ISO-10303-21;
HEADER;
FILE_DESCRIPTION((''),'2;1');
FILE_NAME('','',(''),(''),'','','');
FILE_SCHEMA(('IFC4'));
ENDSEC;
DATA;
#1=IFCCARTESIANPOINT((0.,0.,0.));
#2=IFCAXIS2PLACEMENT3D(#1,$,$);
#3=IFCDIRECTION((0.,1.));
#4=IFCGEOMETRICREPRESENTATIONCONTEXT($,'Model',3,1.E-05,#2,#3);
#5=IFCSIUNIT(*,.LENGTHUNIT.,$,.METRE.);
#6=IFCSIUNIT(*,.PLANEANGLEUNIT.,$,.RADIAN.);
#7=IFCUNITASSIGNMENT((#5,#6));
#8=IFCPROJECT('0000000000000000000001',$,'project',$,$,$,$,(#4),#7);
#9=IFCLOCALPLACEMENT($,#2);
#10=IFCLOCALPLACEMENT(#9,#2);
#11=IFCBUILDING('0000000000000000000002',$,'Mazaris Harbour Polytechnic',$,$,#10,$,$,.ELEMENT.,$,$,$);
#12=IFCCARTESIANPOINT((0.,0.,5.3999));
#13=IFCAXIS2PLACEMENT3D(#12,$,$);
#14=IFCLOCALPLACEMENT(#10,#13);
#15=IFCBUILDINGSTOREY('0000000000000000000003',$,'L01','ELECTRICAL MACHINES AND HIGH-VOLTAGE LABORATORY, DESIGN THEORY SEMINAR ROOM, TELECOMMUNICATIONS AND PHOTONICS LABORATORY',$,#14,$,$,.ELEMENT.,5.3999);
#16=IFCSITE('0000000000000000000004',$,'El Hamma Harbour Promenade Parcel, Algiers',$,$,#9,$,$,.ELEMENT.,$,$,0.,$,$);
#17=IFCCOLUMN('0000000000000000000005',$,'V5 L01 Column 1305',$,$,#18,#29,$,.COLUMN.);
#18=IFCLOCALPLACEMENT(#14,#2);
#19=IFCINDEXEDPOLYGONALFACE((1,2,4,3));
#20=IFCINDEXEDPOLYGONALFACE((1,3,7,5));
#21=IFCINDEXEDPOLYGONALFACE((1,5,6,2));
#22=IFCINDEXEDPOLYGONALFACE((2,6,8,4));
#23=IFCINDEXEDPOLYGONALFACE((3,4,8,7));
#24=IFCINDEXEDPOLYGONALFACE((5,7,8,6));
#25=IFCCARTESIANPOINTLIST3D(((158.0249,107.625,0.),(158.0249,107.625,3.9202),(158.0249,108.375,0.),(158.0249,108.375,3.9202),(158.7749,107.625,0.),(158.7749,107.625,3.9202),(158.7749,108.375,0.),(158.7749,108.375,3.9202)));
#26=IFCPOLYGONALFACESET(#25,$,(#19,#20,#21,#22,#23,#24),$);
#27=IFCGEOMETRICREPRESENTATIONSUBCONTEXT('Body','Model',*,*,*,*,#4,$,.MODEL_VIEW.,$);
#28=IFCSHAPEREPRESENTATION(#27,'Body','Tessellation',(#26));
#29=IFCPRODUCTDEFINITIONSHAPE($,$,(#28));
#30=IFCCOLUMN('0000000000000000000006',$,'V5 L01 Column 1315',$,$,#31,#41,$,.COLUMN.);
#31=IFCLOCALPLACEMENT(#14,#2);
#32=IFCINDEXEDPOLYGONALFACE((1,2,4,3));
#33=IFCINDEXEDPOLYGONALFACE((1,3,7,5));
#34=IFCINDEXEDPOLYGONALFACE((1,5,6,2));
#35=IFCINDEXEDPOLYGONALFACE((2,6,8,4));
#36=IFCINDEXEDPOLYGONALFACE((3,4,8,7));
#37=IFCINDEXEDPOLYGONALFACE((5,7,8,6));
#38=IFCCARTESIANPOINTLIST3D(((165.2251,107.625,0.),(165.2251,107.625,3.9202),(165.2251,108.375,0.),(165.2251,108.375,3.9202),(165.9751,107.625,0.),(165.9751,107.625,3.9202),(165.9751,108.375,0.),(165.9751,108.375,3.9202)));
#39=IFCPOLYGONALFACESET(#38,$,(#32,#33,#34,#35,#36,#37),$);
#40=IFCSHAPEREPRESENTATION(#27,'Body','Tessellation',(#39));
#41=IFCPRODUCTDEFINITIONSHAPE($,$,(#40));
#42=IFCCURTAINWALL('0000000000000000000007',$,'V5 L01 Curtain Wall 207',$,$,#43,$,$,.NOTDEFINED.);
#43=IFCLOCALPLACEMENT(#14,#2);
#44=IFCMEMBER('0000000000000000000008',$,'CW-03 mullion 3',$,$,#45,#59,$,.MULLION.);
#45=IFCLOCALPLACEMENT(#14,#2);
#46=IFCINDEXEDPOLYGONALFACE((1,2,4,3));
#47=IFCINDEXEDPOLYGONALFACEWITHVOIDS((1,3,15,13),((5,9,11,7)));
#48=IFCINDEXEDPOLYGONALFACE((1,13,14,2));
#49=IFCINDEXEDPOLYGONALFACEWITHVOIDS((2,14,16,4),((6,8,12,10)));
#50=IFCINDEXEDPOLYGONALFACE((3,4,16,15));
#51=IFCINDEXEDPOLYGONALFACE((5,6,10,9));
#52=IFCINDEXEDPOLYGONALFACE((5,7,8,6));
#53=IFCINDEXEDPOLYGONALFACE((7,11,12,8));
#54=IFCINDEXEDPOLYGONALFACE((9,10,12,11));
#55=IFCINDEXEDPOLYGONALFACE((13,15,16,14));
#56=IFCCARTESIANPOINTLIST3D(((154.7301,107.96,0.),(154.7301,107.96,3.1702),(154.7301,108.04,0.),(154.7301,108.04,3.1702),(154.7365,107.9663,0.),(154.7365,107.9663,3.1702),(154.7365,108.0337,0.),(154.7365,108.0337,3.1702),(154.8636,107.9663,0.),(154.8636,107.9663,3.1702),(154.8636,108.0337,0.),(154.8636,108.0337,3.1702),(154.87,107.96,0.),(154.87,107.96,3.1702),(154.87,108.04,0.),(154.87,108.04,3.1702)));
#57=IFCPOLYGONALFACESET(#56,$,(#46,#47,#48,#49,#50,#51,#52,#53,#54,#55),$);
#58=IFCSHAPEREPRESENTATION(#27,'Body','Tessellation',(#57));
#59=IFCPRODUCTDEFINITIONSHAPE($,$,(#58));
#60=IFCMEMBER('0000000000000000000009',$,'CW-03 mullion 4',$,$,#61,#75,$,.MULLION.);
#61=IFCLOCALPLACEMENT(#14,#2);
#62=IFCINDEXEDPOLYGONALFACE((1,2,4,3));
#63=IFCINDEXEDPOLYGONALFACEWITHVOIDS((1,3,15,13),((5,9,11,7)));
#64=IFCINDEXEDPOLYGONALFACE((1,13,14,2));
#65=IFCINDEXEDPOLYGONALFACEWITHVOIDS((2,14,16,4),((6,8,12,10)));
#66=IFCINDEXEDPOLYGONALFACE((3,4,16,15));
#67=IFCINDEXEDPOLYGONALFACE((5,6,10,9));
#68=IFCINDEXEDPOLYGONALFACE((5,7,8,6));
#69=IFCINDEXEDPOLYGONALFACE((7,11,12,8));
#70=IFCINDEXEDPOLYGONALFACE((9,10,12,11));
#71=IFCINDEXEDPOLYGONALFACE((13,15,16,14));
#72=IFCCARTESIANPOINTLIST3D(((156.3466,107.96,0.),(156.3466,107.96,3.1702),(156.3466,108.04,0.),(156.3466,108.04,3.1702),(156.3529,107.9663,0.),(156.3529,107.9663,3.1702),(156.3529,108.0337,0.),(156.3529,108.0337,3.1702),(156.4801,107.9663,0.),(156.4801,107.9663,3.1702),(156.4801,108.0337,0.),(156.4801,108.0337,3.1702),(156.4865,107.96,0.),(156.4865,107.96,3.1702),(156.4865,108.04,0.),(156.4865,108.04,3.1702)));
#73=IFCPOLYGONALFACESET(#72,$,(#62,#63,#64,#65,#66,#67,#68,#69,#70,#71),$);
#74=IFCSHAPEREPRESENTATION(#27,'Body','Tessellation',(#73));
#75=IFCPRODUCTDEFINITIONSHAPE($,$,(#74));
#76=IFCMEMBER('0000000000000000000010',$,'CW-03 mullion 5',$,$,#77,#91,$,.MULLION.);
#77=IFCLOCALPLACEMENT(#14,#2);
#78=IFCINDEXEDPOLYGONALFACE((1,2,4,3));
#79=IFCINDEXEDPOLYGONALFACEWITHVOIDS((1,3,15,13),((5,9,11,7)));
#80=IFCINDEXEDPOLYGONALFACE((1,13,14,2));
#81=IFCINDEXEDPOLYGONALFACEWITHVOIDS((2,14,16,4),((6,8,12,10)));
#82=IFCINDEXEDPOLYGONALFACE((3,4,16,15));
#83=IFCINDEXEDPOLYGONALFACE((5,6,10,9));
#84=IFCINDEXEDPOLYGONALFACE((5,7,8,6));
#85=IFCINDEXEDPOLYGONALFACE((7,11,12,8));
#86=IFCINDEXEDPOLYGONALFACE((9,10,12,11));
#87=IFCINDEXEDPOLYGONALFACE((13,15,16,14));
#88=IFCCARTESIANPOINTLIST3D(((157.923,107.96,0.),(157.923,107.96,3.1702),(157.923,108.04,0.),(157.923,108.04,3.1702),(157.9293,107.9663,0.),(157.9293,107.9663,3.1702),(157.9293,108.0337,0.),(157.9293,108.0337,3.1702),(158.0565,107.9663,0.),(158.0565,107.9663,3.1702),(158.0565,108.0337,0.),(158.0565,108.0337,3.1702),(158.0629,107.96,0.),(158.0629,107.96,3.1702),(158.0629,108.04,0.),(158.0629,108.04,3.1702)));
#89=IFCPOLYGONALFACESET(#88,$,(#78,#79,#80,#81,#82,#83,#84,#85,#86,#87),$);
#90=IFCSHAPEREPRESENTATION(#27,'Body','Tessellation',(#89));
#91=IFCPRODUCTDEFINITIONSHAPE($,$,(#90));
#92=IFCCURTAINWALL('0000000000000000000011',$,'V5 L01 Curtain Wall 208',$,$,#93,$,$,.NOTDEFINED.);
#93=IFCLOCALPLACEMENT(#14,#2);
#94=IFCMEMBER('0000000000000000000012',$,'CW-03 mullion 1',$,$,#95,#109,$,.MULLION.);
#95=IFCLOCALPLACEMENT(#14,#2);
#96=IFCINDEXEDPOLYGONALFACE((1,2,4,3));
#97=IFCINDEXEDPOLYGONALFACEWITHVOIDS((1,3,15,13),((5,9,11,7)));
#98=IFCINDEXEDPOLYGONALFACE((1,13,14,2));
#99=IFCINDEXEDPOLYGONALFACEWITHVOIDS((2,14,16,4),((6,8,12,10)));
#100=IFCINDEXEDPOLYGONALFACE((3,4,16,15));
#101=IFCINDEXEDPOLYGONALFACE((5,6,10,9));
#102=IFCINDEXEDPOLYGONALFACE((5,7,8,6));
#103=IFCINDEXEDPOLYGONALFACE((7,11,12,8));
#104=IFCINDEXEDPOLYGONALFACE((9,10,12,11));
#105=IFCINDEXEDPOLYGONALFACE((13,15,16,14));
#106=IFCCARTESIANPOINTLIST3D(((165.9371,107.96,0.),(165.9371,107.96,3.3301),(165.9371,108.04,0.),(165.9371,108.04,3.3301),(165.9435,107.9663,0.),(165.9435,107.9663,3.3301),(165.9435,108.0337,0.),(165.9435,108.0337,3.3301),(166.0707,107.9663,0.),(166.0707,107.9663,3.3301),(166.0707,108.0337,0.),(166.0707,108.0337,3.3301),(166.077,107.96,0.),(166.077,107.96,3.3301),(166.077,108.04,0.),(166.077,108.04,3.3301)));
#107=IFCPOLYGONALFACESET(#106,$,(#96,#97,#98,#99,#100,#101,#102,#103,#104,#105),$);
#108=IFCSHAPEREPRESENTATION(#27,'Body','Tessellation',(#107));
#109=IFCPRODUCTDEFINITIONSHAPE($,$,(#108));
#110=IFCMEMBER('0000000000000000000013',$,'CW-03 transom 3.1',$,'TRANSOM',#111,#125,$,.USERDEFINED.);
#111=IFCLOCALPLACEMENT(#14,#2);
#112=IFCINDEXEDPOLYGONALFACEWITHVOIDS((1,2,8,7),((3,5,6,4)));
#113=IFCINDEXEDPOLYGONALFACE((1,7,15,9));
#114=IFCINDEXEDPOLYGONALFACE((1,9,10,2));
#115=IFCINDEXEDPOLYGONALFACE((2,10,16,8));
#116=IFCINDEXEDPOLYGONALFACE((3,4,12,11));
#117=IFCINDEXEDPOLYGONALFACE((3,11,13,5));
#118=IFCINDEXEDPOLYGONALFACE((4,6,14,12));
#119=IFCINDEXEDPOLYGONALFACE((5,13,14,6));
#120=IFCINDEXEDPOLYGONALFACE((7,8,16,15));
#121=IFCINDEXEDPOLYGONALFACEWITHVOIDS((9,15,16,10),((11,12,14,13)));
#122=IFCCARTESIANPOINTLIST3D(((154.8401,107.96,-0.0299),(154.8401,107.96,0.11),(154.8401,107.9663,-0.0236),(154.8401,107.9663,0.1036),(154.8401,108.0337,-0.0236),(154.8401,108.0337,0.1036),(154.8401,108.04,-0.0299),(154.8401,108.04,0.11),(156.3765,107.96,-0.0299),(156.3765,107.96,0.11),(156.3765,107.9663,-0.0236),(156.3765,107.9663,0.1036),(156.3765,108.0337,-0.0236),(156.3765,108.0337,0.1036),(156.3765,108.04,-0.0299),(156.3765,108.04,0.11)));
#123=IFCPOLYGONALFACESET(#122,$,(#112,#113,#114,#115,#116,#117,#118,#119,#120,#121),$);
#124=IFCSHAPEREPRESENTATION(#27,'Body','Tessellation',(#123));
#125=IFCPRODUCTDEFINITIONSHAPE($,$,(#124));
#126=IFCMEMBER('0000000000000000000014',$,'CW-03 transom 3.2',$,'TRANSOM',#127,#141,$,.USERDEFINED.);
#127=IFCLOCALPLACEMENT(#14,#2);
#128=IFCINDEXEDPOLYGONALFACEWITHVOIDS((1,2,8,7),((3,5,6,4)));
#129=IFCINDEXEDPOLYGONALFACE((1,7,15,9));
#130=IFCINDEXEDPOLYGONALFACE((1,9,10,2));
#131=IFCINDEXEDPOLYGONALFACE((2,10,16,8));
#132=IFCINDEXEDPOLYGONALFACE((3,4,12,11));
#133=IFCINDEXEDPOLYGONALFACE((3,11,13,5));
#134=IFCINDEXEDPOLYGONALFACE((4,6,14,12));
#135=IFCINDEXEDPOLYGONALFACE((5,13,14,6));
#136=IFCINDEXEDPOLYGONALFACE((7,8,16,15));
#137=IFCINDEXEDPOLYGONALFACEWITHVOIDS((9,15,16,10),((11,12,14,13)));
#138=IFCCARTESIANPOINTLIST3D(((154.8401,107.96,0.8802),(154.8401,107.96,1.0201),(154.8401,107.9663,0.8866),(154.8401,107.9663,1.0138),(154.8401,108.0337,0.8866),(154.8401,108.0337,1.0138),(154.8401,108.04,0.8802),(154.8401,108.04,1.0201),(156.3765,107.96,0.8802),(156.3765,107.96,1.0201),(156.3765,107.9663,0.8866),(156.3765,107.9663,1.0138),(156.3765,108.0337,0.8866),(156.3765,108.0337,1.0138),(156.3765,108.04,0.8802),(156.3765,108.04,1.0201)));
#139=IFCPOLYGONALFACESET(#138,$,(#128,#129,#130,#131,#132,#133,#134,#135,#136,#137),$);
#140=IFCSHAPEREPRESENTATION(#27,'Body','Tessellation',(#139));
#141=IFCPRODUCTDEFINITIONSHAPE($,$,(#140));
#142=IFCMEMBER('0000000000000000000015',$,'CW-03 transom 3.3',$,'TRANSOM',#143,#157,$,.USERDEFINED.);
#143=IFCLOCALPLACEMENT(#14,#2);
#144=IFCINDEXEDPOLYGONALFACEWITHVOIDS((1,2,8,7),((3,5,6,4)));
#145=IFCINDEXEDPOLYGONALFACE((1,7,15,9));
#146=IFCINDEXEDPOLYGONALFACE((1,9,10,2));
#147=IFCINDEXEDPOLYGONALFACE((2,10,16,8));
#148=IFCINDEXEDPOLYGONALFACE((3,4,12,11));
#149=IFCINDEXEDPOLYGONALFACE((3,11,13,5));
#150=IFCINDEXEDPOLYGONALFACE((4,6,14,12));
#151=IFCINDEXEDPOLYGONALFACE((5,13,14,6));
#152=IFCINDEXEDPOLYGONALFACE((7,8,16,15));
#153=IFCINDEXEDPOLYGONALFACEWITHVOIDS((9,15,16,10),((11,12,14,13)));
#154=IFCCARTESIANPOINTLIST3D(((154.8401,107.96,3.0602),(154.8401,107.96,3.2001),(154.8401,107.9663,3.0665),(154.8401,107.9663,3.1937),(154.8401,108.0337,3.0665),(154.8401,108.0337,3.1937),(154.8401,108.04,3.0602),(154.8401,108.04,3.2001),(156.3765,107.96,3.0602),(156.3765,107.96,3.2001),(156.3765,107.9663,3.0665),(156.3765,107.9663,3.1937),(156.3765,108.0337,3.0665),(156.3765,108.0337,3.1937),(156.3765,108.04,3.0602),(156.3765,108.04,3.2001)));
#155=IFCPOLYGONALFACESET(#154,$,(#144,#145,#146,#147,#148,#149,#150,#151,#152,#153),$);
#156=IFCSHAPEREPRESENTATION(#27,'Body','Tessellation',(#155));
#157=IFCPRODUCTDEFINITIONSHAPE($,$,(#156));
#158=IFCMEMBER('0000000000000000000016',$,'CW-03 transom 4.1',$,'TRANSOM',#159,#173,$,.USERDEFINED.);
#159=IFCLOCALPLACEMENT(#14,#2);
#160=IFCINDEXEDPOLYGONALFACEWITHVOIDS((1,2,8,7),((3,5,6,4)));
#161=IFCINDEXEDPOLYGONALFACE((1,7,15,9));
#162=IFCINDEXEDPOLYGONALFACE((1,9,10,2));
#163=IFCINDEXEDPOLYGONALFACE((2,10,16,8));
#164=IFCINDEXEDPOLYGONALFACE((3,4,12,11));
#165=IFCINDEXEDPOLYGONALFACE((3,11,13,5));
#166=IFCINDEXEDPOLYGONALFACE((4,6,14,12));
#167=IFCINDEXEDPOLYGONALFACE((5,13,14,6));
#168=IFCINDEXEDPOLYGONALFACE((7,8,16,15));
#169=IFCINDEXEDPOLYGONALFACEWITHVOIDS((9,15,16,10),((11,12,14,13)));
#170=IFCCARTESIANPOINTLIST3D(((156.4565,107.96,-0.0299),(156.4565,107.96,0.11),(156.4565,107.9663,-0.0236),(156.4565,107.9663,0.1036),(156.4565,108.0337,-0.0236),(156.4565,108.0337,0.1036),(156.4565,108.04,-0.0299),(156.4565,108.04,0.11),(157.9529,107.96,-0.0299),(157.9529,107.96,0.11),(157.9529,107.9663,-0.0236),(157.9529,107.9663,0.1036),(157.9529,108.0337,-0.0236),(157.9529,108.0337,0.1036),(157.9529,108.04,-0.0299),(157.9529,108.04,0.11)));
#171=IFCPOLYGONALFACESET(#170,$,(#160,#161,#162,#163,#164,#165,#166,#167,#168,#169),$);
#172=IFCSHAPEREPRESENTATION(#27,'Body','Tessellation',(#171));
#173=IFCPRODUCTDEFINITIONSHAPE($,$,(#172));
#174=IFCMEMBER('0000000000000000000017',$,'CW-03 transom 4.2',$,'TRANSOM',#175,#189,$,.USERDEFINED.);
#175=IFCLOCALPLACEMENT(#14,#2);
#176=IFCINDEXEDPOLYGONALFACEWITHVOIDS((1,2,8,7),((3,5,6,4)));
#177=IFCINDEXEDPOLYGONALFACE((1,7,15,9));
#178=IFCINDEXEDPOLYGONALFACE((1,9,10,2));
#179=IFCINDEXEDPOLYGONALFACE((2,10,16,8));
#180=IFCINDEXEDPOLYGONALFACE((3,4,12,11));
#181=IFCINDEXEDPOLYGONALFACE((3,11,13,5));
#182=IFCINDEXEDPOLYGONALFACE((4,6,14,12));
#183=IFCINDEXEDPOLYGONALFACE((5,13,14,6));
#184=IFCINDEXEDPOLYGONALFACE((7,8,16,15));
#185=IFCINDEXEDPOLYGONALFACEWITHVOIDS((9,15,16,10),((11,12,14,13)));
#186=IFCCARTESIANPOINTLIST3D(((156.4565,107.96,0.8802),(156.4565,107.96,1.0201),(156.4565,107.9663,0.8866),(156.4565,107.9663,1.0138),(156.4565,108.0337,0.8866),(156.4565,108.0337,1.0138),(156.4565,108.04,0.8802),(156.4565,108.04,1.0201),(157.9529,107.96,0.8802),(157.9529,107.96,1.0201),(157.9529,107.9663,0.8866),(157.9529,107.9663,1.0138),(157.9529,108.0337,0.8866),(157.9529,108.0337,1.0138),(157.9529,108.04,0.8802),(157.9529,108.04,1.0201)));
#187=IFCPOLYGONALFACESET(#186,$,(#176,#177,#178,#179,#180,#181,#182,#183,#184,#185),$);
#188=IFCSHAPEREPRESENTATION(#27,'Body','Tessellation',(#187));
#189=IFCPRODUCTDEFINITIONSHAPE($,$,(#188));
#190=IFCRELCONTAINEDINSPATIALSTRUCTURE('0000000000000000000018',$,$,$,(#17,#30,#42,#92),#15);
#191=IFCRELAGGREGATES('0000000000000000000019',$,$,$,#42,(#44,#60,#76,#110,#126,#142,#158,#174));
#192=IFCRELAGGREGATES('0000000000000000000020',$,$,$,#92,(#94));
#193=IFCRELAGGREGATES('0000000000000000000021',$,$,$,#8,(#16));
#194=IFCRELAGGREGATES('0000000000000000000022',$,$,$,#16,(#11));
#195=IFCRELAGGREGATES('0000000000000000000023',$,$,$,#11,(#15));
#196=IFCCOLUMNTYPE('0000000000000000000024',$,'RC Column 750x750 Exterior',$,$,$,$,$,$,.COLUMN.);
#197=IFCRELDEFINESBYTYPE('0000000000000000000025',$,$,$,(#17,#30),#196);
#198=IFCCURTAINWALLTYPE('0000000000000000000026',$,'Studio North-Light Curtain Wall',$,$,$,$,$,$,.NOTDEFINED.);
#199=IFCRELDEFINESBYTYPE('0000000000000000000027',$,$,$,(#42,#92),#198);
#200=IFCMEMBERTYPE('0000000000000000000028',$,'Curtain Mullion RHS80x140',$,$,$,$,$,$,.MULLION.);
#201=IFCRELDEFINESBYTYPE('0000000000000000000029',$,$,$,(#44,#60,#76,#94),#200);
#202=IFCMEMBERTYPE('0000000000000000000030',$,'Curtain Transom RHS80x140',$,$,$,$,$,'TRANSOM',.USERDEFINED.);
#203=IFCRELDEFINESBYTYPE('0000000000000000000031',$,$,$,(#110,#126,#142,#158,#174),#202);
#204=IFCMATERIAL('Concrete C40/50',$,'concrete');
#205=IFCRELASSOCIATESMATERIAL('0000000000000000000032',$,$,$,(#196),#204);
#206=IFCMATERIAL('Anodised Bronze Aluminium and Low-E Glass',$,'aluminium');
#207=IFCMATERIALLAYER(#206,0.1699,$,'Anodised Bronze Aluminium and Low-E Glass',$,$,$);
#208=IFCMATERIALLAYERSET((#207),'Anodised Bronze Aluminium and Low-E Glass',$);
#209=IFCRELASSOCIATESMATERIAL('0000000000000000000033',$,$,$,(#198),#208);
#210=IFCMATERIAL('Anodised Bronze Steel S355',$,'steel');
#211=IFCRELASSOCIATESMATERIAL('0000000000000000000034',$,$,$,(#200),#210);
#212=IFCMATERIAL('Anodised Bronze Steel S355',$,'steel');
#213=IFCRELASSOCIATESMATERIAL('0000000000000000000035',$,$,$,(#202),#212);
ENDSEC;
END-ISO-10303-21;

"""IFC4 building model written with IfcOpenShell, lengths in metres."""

from ifc_helpers import new_model, si_unit, direction, frame, origin, origin_2d, place, context, subcontext, project, spatial, rectangle, hollow_rectangle, extrude, material, layer, layer_set, material_profile, profile_set, type_object, element, aggregate, save


model = new_model("IFC4")

# Units and contexts
model_context = context("Model", 3, precision=1e-05, world=origin(), true_north=direction((0.0, 1.0)))
body_context = subcontext(model_context, "Body", "Model", "MODEL_VIEW")
ifc_project = project(units=[si_unit("LENGTHUNIT", "METRE"), si_unit("PLANEANGLEUNIT", "RADIAN")], contexts=[model_context])

# Site, building, storey
site_placement = place(None, origin())
site = spatial("IfcSite", under=ifc_project, at=site_placement, Name="El Hamma Harbour Promenade Parcel, Algiers", CompositionType="ELEMENT", RefElevation=0.0)
building_placement = place(site_placement, origin())
building = spatial("IfcBuilding", under=site, at=building_placement, Name="Mazaris Harbour Polytechnic", CompositionType="ELEMENT")
storey_placement = place(building_placement, frame((0.0, 0.0, 5.3999)))
storey = spatial("IfcBuildingStorey", under=building, at=storey_placement, Name="L01", Description="ELECTRICAL MACHINES AND HIGH-VOLTAGE LABORATORY, DESIGN THEORY SEMINAR ROOM, TELECOMMUNICATIONS AND PHOTONICS LABORATORY", CompositionType="ELEMENT", Elevation=5.3999)

# Columns
ifc_material_1 = material(Name="Concrete C40/50", Category="concrete")
ifc_material_profile_1 = material_profile(ifc_material_1, rectangle(XDim=0.75, YDim=0.75, at=origin_2d()), Name="RECT750x750")
ifc_profile_set_1 = profile_set([ifc_material_profile_1], Name="Concrete C40/50")
column_type = type_object("IfcColumnType", Name="RC Column 750x750 Exterior", PredefinedType="COLUMN", material=ifc_profile_set_1)
for number, where, z_axis, x_axis, name in (
    (1, (158.3999, 108.0, 0.0), (0.0, 0.0, 1.0), (1.0, 0.0, 0.0), "V5 L01 Column 1305"),
    (2, (165.6001, 108.0, 0.0), (0.0, 0.0, 1.0), (1.0, 0.0, 0.0), "V5 L01 Column 1315"),
):
    element("IfcColumn", number, at=place(storey_placement, frame(where, z_axis=z_axis, x_axis=x_axis)), inside=storey, type_object=column_type, Name=name, PredefinedType="COLUMN", context=body_context, shape_type="SweptSolid", body=[
        extrude(rectangle(XDim=0.75, YDim=0.75, at=origin_2d()), origin(), (0.0, 0.0, 1.0), 3.9202),
    ])

# Curtain wall, members
ifc_material_2 = material(Name="Anodised Bronze Aluminium and Low-E Glass", Category="aluminium")
ifc_layer_1 = layer(ifc_material_2, 0.1699, Name="Anodised Bronze Aluminium and Low-E Glass")
ifc_layer_set_1 = layer_set([ifc_layer_1], Name="Anodised Bronze Aluminium and Low-E Glass")
curtain_wall_type = type_object("IfcCurtainWallType", Name="Studio North-Light Curtain Wall", PredefinedType="NOTDEFINED", material=ifc_layer_set_1)
curtain_wall_1_placement = place(storey_placement, origin())
curtain_wall_1 = element("IfcCurtainWall", 3, at=curtain_wall_1_placement, inside=storey, type_object=curtain_wall_type, Name="V5 L01 Curtain Wall 207", PredefinedType="NOTDEFINED")
ifc_material_3 = material(Name="Anodised Bronze Steel S355", Category="steel")
ifc_material_profile_2 = material_profile(ifc_material_3, hollow_rectangle(XDim=0.0801, YDim=0.1399, WallThickness=0.0063, at=origin_2d()), Name="RHS 80x140x6.3")
ifc_profile_set_2 = profile_set([ifc_material_profile_2], Name="Anodised Bronze Steel S355")
member_type_1 = type_object("IfcMemberType", Name="Curtain Mullion RHS80x140", PredefinedType="MULLION", material=ifc_profile_set_2)
member_1_placement = place(storey_placement, frame((154.8, 108.0, 0.0), z_axis=(0.0, 0.0, 1.0), x_axis=(0.0, 1.0, 0.0)))
member_1 = element("IfcMember", 4, at=member_1_placement, type_object=member_type_1, Name="CW-03 mullion 3", PredefinedType="MULLION", context=body_context, shape_type="SweptSolid", body=[
    extrude(hollow_rectangle(XDim=0.0801, YDim=0.1399, WallThickness=0.0063, at=origin_2d()), origin(), (0.0, 0.0, 1.0), 3.1702),
])
member_2_placement = place(storey_placement, frame((156.4165, 108.0, 0.0), z_axis=(0.0, 0.0, 1.0), x_axis=(0.0, 1.0, 0.0)))
member_2 = element("IfcMember", 5, at=member_2_placement, type_object=member_type_1, Name="CW-03 mullion 4", PredefinedType="MULLION", context=body_context, shape_type="SweptSolid", body=[
    extrude(hollow_rectangle(XDim=0.0801, YDim=0.1399, WallThickness=0.0063, at=origin_2d()), origin(), (0.0, 0.0, 1.0), 3.1702),
])
member_3_placement = place(storey_placement, frame((157.9929, 108.0, 0.0), z_axis=(0.0, 0.0, 1.0), x_axis=(0.0, 1.0, 0.0)))
member_3 = element("IfcMember", 6, at=member_3_placement, type_object=member_type_1, Name="CW-03 mullion 5", PredefinedType="MULLION", context=body_context, shape_type="SweptSolid", body=[
    extrude(hollow_rectangle(XDim=0.0801, YDim=0.1399, WallThickness=0.0063, at=origin_2d()), origin(), (0.0, 0.0, 1.0), 3.1702),
])

# Curtain wall, member
curtain_wall_2_placement = place(storey_placement, origin())
curtain_wall_2 = element("IfcCurtainWall", 7, at=curtain_wall_2_placement, inside=storey, type_object=curtain_wall_type, Name="V5 L01 Curtain Wall 208", PredefinedType="NOTDEFINED")
member_4_placement = place(storey_placement, frame((166.0071, 108.0, 0.0), z_axis=(0.0, 0.0, 1.0), x_axis=(0.0, 1.0, 0.0)))
member_4 = element("IfcMember", 8, at=member_4_placement, type_object=member_type_1, Name="CW-03 mullion 1", PredefinedType="MULLION", context=body_context, shape_type="SweptSolid", body=[
    extrude(hollow_rectangle(XDim=0.0801, YDim=0.1399, WallThickness=0.0063, at=origin_2d()), origin(), (0.0, 0.0, 1.0), 3.3301),
])

# Members
ifc_material_4 = material(Name="Anodised Bronze Steel S355", Category="steel")
ifc_material_profile_3 = material_profile(ifc_material_4, hollow_rectangle(XDim=0.0801, YDim=0.1399, WallThickness=0.0063, at=origin_2d()), Name="RHS 80x140x6.3")
ifc_profile_set_3 = profile_set([ifc_material_profile_3], Name="Anodised Bronze Steel S355")
member_type_2 = type_object("IfcMemberType", Name="Curtain Transom RHS80x140", ElementType="TRANSOM", PredefinedType="USERDEFINED", material=ifc_profile_set_3)
member_5_placement = place(storey_placement, frame((154.8401, 108.0, 0.04), z_axis=(1.0, 0.0, 0.0), x_axis=(0.0, 1.0, 0.0)))
member_5 = element("IfcMember", 9, at=member_5_placement, type_object=member_type_2, Name="CW-03 transom 3.1", ObjectType="TRANSOM", PredefinedType="USERDEFINED", context=body_context, shape_type="SweptSolid", body=[
    extrude(hollow_rectangle(XDim=0.0801, YDim=0.1399, WallThickness=0.0063, at=origin_2d()), origin(), (0.0, 0.0, 1.0), 1.5364),
])
member_6_placement = place(storey_placement, frame((154.8401, 108.0, 0.9502), z_axis=(1.0, 0.0, 0.0), x_axis=(0.0, 1.0, 0.0)))
member_6 = element("IfcMember", 10, at=member_6_placement, type_object=member_type_2, Name="CW-03 transom 3.2", ObjectType="TRANSOM", PredefinedType="USERDEFINED", context=body_context, shape_type="SweptSolid", body=[
    extrude(hollow_rectangle(XDim=0.0801, YDim=0.1399, WallThickness=0.0063, at=origin_2d()), origin(), (0.0, 0.0, 1.0), 1.5364),
])
member_7_placement = place(storey_placement, frame((154.8401, 108.0, 3.1301), z_axis=(1.0, 0.0, 0.0), x_axis=(0.0, 1.0, 0.0)))
member_7 = element("IfcMember", 11, at=member_7_placement, type_object=member_type_2, Name="CW-03 transom 3.3", ObjectType="TRANSOM", PredefinedType="USERDEFINED", context=body_context, shape_type="SweptSolid", body=[
    extrude(hollow_rectangle(XDim=0.0801, YDim=0.1399, WallThickness=0.0063, at=origin_2d()), origin(), (0.0, 0.0, 1.0), 1.5364),
])
member_8_placement = place(storey_placement, frame((156.4565, 108.0, 0.04), z_axis=(1.0, 0.0, 0.0), x_axis=(0.0, 1.0, 0.0)))
member_8 = element("IfcMember", 12, at=member_8_placement, type_object=member_type_2, Name="CW-03 transom 4.1", ObjectType="TRANSOM", PredefinedType="USERDEFINED", context=body_context, shape_type="SweptSolid", body=[
    extrude(hollow_rectangle(XDim=0.0801, YDim=0.1399, WallThickness=0.0063, at=origin_2d()), origin(), (0.0, 0.0, 1.0), 1.4963),
])
member_9_placement = place(storey_placement, frame((156.4565, 108.0, 0.9502), z_axis=(1.0, 0.0, 0.0), x_axis=(0.0, 1.0, 0.0)))
member_9 = element("IfcMember", 13, at=member_9_placement, type_object=member_type_2, Name="CW-03 transom 4.2", ObjectType="TRANSOM", PredefinedType="USERDEFINED", context=body_context, shape_type="SweptSolid", body=[
    extrude(hollow_rectangle(XDim=0.0801, YDim=0.1399, WallThickness=0.0063, at=origin_2d()), origin(), (0.0, 0.0, 1.0), 1.4963),
])

aggregate(curtain_wall_1, [member_1, member_2, member_3, member_5, member_6, member_7, member_8, member_9])
aggregate(curtain_wall_2, [member_4])

save(model, "model.ifc")
